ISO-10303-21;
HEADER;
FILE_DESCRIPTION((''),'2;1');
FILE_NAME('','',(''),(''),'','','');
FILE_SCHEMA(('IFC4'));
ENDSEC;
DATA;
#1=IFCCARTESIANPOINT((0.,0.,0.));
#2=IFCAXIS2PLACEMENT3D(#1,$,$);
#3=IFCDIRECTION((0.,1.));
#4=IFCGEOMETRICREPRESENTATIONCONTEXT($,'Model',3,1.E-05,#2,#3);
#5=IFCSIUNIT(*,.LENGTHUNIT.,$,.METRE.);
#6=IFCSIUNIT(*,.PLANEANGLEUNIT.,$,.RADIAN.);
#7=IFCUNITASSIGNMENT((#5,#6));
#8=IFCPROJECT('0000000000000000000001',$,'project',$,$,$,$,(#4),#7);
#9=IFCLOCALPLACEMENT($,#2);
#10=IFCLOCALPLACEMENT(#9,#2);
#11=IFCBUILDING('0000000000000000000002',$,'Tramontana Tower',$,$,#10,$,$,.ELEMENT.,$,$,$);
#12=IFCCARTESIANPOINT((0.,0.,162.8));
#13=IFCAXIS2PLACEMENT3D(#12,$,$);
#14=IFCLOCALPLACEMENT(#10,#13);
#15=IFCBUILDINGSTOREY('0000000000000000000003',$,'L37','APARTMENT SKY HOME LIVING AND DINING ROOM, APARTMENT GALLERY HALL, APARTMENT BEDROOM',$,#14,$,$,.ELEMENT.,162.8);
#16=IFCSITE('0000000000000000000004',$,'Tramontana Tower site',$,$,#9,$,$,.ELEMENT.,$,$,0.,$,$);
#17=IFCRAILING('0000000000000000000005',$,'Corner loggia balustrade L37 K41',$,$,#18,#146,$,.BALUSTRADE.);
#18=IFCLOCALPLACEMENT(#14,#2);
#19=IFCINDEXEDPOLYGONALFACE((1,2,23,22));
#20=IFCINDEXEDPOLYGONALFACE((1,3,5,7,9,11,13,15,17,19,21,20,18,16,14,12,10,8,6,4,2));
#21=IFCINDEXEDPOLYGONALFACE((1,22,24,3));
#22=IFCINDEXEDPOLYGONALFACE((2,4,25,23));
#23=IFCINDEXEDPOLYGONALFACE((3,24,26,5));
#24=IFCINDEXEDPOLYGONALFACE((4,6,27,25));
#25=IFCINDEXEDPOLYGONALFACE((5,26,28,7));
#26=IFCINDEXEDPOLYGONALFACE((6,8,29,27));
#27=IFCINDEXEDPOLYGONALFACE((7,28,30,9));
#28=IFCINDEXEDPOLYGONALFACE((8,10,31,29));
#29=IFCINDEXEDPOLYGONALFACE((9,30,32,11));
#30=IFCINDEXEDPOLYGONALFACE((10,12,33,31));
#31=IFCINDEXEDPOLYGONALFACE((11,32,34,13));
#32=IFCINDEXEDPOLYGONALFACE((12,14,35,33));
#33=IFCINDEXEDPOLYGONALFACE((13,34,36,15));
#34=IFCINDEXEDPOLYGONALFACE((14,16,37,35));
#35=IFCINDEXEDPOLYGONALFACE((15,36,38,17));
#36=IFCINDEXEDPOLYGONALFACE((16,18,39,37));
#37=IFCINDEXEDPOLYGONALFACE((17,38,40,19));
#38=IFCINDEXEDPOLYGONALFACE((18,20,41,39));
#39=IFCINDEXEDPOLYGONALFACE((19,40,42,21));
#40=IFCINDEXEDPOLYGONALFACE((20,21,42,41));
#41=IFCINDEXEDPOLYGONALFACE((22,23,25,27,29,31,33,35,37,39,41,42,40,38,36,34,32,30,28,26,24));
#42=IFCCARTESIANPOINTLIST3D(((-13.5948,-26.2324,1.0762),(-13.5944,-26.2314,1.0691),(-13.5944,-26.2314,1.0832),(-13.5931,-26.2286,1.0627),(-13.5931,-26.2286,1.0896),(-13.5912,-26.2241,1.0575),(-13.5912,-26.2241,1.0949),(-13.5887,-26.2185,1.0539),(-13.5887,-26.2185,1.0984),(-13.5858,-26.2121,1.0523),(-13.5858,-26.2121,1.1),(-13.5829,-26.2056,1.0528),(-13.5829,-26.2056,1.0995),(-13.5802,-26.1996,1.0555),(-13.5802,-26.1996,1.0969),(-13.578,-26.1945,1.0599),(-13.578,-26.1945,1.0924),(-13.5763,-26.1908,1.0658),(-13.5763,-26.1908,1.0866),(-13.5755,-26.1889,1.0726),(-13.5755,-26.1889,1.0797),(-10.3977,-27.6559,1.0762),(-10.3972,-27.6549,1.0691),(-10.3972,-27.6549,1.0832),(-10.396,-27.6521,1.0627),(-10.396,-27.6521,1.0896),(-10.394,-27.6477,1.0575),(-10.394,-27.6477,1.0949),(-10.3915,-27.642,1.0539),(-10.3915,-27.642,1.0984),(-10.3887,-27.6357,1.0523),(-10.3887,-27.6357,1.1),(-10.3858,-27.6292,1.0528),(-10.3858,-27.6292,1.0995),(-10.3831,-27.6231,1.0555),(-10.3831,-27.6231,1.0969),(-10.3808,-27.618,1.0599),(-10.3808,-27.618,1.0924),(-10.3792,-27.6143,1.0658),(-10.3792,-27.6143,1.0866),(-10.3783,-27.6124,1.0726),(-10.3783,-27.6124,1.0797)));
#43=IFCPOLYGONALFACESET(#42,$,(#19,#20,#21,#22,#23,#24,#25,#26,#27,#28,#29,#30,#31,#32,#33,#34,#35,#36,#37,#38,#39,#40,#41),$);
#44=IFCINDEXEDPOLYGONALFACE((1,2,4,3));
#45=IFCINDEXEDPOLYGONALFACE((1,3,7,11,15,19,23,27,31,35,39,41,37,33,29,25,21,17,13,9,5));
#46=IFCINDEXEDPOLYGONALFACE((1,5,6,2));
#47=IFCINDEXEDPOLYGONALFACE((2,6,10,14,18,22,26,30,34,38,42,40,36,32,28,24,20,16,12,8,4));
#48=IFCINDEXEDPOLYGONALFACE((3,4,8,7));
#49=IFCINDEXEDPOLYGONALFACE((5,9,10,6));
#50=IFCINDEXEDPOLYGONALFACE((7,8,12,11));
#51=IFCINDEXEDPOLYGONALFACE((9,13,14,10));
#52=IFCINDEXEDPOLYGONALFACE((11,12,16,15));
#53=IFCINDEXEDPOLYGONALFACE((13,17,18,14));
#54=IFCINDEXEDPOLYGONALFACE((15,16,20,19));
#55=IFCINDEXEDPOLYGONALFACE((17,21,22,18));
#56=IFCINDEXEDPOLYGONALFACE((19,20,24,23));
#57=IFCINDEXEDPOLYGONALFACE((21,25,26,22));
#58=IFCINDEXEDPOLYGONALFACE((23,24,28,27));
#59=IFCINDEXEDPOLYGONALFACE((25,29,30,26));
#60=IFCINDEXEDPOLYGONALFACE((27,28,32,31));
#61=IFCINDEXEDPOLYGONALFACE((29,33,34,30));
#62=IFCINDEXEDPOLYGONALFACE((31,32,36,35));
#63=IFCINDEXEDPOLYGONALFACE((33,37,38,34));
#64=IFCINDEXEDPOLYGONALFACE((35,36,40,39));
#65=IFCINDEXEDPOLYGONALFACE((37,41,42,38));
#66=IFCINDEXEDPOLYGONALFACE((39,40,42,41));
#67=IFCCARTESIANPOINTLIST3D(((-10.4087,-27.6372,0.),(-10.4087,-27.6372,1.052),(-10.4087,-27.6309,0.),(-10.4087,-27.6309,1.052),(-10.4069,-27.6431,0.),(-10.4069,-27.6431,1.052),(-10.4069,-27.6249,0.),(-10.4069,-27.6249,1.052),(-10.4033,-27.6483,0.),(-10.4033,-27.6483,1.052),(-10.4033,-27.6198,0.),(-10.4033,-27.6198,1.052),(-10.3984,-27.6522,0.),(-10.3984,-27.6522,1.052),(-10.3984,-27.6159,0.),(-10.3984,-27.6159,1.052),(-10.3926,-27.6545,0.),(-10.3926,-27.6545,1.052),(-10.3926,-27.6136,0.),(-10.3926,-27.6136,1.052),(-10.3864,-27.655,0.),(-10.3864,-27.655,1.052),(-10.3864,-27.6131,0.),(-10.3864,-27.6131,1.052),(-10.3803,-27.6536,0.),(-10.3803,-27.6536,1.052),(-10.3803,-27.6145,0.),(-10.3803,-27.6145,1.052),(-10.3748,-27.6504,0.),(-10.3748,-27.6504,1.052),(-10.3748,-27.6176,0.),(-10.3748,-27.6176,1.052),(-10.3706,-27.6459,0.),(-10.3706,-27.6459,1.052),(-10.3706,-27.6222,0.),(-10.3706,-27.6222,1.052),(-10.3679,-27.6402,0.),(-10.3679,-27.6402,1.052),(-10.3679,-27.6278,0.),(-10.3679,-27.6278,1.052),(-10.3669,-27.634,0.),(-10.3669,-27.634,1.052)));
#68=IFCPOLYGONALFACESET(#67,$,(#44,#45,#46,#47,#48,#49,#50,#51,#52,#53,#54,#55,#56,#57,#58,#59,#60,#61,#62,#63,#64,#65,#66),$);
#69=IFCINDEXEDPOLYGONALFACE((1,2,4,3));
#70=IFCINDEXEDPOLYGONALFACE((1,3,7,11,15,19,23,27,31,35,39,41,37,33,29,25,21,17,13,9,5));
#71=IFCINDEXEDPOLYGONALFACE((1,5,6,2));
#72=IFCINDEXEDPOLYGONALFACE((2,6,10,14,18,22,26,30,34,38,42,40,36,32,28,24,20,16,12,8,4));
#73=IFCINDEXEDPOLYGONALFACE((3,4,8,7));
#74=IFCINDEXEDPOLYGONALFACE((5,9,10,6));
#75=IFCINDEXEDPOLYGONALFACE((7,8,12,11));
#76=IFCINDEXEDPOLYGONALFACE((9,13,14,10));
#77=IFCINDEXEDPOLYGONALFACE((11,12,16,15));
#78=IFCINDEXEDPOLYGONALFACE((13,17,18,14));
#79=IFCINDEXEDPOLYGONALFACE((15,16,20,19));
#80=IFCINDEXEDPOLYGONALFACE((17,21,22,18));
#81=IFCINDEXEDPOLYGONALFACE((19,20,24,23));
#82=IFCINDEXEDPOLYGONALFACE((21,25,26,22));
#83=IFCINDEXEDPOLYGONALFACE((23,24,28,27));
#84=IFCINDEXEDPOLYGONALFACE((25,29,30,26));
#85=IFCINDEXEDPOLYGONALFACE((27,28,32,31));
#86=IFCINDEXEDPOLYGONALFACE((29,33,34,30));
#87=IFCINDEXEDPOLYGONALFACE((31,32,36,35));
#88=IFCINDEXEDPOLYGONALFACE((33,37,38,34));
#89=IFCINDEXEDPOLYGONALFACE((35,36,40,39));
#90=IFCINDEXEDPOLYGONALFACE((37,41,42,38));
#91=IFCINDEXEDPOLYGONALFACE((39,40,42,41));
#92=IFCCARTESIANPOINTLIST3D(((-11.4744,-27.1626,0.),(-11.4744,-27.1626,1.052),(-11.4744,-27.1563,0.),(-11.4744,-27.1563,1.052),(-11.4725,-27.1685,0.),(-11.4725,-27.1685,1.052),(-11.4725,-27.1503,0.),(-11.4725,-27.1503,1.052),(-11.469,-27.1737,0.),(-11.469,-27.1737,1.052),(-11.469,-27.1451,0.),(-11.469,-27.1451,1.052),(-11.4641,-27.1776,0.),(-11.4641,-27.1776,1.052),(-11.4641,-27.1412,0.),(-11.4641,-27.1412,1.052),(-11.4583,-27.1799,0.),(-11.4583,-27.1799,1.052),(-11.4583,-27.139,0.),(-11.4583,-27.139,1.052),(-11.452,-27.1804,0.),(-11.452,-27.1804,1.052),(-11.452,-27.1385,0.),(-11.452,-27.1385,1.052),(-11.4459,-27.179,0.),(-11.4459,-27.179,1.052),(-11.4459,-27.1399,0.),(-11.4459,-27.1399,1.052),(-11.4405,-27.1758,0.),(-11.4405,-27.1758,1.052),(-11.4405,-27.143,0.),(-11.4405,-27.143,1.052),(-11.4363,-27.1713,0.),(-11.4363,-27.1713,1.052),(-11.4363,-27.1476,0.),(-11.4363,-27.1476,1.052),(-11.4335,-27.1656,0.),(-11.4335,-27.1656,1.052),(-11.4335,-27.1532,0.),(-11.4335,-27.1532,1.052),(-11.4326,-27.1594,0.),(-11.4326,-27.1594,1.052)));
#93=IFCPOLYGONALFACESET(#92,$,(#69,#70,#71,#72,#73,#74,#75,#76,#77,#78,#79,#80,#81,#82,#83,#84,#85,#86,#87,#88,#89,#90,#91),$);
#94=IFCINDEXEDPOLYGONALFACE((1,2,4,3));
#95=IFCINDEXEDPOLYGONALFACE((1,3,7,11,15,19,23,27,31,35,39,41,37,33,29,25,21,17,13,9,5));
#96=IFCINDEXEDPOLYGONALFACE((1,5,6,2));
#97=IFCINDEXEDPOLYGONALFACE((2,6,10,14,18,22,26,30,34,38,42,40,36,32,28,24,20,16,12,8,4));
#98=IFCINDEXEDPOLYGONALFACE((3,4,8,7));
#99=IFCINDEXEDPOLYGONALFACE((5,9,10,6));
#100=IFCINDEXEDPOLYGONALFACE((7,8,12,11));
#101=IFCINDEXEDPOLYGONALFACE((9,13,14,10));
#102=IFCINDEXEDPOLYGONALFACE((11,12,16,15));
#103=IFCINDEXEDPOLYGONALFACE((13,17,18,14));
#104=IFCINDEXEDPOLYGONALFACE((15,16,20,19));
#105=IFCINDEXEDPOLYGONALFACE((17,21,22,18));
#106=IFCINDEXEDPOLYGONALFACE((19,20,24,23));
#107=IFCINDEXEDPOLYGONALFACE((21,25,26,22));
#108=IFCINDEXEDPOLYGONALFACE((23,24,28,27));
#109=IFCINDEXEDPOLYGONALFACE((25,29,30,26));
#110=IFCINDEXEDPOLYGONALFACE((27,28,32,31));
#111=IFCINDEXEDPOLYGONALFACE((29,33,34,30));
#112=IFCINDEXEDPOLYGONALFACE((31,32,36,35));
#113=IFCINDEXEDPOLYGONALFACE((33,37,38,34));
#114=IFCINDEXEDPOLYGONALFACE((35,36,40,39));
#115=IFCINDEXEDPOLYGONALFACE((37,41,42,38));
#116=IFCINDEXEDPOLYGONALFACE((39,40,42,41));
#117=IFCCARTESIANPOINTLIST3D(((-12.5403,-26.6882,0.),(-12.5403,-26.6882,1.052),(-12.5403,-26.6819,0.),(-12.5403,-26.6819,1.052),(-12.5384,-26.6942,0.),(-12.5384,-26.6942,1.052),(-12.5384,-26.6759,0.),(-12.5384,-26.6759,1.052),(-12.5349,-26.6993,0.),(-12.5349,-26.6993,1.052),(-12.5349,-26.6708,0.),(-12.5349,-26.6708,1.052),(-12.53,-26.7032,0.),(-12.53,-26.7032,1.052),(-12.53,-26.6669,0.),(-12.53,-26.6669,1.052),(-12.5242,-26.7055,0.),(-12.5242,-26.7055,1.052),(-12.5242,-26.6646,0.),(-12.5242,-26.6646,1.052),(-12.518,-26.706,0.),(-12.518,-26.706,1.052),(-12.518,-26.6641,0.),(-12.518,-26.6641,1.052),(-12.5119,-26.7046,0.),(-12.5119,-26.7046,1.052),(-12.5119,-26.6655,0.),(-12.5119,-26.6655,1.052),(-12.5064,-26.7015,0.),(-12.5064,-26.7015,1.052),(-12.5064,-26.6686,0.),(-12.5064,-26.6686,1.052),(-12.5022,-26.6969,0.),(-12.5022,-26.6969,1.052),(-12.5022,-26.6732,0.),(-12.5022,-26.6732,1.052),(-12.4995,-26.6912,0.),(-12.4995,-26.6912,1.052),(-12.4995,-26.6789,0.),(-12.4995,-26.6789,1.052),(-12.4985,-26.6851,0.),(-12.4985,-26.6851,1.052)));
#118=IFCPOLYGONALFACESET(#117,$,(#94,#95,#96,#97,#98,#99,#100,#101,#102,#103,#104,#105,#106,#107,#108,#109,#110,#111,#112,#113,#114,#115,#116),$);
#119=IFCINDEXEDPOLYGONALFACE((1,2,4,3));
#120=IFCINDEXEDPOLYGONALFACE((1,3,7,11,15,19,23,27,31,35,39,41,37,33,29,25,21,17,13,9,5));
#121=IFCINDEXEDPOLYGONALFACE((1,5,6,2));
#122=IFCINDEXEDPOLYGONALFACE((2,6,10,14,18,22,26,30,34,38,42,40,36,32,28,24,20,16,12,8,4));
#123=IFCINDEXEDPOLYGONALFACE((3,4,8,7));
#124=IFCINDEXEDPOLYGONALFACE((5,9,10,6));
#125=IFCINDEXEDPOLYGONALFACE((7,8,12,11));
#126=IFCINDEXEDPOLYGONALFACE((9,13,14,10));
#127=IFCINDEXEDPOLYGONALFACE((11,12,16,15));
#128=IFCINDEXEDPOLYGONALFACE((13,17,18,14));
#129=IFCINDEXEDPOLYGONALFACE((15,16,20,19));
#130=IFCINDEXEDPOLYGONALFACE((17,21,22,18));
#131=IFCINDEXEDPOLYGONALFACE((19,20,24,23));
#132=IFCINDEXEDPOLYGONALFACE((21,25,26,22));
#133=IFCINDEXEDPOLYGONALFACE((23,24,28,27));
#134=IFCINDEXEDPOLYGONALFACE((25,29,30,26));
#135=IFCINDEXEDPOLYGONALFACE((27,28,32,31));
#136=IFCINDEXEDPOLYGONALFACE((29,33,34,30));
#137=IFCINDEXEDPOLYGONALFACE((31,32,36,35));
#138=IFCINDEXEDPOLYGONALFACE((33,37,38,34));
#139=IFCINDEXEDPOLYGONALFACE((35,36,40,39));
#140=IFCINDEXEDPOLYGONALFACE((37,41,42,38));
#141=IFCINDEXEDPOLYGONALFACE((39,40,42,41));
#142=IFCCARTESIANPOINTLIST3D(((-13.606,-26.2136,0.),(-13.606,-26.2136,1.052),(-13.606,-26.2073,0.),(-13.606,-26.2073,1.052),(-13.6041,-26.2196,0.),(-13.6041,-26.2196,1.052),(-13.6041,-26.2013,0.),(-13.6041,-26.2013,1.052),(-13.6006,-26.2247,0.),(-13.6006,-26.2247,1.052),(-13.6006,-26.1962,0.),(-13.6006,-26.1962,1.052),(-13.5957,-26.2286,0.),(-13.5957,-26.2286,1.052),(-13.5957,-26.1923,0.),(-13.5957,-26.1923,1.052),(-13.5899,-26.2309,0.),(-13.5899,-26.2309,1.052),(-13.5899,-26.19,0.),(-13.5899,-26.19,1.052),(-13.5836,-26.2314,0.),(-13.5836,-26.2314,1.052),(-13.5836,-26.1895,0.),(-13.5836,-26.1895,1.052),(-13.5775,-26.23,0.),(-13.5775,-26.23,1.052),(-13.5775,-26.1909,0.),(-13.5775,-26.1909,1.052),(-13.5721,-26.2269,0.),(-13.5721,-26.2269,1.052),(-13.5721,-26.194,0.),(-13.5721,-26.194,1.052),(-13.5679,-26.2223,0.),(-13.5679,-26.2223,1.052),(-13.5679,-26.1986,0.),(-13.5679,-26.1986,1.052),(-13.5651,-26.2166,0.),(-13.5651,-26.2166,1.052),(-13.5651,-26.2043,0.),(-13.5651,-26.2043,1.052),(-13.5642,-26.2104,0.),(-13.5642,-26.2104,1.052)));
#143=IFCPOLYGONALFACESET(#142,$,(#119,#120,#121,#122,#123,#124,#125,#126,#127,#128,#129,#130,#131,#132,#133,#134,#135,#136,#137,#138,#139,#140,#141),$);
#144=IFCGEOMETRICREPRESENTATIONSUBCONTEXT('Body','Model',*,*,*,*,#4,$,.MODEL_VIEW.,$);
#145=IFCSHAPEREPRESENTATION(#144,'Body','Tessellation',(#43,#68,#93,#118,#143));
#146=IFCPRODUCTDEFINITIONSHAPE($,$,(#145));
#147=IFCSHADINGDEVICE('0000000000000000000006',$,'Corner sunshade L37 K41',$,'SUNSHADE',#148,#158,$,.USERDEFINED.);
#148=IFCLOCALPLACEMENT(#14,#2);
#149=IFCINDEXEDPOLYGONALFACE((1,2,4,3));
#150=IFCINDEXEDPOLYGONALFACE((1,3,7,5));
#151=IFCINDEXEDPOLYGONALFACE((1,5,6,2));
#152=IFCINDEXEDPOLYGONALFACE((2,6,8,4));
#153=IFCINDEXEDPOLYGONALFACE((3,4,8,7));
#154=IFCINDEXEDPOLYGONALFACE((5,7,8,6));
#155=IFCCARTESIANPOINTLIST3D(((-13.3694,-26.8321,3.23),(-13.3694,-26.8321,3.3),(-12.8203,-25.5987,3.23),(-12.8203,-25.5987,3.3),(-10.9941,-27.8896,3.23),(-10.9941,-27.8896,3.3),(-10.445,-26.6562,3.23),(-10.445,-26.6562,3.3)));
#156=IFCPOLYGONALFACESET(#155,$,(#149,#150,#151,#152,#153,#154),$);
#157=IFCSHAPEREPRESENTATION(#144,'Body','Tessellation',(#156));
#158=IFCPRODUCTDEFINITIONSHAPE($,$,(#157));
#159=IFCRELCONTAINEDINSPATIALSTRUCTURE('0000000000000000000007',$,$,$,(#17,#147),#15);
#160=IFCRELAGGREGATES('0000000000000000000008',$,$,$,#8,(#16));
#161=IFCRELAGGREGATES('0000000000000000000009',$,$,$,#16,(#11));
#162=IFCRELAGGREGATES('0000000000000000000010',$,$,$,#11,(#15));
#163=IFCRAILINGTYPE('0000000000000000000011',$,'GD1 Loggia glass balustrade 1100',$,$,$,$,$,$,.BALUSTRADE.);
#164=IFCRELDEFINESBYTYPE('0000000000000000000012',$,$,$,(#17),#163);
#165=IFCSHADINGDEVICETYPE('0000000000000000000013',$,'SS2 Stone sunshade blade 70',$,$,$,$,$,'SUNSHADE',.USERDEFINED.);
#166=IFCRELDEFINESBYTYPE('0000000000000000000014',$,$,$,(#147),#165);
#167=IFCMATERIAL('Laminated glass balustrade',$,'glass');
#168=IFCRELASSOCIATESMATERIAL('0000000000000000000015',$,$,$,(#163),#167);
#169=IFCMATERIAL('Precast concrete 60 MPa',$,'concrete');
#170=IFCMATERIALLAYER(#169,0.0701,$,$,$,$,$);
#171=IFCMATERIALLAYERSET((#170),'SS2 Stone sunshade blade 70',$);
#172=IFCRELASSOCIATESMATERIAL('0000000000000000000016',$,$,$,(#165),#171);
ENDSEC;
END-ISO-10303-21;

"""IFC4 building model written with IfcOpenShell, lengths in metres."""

from ifc_helpers import new_model, si_unit, direction, frame, origin, origin_2d, place, context, subcontext, project, spatial, rectangle, circle, extrude, material, layer, layer_set, type_object, element, save


model = new_model("IFC4")

# Units and contexts
model_context = context("Model", 3, precision=1e-05, world=origin(), true_north=direction((0.0, 1.0)))
body_context = subcontext(model_context, "Body", "Model", "MODEL_VIEW")
ifc_project = project(units=[si_unit("LENGTHUNIT", "METRE"), si_unit("PLANEANGLEUNIT", "RADIAN")], contexts=[model_context])

# Site, building, storey
site_placement = place(None, origin())
site = spatial("IfcSite", under=ifc_project, at=site_placement, Name="Tramontana Tower site", CompositionType="ELEMENT", RefElevation=0.0)
building_placement = place(site_placement, origin())
building = spatial("IfcBuilding", under=site, at=building_placement, Name="Tramontana Tower", CompositionType="ELEMENT")
storey_placement = place(building_placement, frame((0.0, 0.0, 162.8)))
storey = spatial("IfcBuildingStorey", under=building, at=storey_placement, Name="L37", Description="APARTMENT SKY HOME LIVING AND DINING ROOM, APARTMENT GALLERY HALL, APARTMENT BEDROOM", CompositionType="ELEMENT", Elevation=162.8)

# Railing
ifc_material_1 = material(Name="Laminated glass balustrade", Category="glass")
railing_type = type_object("IfcRailingType", Name="GD1 Loggia glass balustrade 1100", PredefinedType="BALUSTRADE", material=ifc_material_1)
railing_placement = place(storey_placement, frame((-10.3879, -27.634, 0.0)))
element("IfcRailing", 1, at=railing_placement, inside=storey, type_object=railing_type, Name="Corner loggia balustrade L37 K41", PredefinedType="BALUSTRADE", context=body_context, shape_type="SweptSolid", body=[
    extrude(circle(Radius=0.0239, at=origin_2d()), frame((0.0, 0.0, 1.0762), z_axis=(-0.913538, 0.406753, 0.0), x_axis=(-0.406753, -0.913538, 0.0)), (0.0, 0.0, 1.0), 3.4998),
    extrude(circle(Radius=0.021, at=origin_2d()), origin(), (0.0, 0.0, 1.0), 1.052),
    extrude(circle(Radius=0.021, at=origin_2d()), frame((-1.0657, 0.4746, 0.0)), (0.0, 0.0, 1.0), 1.052),
    extrude(circle(Radius=0.021, at=origin_2d()), frame((-2.1316, 0.949, 0.0)), (0.0, 0.0, 1.0), 1.052),
    extrude(circle(Radius=0.021, at=origin_2d()), frame((-3.1973, 1.4236, 0.0)), (0.0, 0.0, 1.0), 1.052),
])

# Shading device
ifc_material_2 = material(Name="Precast concrete 60 MPa", Category="concrete")
ifc_layer_1 = layer(ifc_material_2, 0.0701)
ifc_layer_set_1 = layer_set([ifc_layer_1], Name="SS2 Stone sunshade blade 70")
shading_device_type = type_object("IfcShadingDeviceType", Name="SS2 Stone sunshade blade 70", ElementType="SUNSHADE", PredefinedType="USERDEFINED", material=ifc_layer_set_1)
shading_device_placement = place(storey_placement, frame((-11.9072, -26.7441, 3.23), z_axis=(0.0, 0.0, 1.0), x_axis=(-0.913545, 0.406737, 0.0)))
element("IfcShadingDevice", 2, at=shading_device_placement, inside=storey, type_object=shading_device_type, Name="Corner sunshade L37 K41", ObjectType="SUNSHADE", PredefinedType="USERDEFINED", context=body_context, shape_type="SweptSolid", body=[
    extrude(rectangle(XDim=2.6001, YDim=1.3501, at=origin_2d()), origin(), (0.0, 0.0, 1.0), 0.0701),
])

save(model, "model.ifc")
